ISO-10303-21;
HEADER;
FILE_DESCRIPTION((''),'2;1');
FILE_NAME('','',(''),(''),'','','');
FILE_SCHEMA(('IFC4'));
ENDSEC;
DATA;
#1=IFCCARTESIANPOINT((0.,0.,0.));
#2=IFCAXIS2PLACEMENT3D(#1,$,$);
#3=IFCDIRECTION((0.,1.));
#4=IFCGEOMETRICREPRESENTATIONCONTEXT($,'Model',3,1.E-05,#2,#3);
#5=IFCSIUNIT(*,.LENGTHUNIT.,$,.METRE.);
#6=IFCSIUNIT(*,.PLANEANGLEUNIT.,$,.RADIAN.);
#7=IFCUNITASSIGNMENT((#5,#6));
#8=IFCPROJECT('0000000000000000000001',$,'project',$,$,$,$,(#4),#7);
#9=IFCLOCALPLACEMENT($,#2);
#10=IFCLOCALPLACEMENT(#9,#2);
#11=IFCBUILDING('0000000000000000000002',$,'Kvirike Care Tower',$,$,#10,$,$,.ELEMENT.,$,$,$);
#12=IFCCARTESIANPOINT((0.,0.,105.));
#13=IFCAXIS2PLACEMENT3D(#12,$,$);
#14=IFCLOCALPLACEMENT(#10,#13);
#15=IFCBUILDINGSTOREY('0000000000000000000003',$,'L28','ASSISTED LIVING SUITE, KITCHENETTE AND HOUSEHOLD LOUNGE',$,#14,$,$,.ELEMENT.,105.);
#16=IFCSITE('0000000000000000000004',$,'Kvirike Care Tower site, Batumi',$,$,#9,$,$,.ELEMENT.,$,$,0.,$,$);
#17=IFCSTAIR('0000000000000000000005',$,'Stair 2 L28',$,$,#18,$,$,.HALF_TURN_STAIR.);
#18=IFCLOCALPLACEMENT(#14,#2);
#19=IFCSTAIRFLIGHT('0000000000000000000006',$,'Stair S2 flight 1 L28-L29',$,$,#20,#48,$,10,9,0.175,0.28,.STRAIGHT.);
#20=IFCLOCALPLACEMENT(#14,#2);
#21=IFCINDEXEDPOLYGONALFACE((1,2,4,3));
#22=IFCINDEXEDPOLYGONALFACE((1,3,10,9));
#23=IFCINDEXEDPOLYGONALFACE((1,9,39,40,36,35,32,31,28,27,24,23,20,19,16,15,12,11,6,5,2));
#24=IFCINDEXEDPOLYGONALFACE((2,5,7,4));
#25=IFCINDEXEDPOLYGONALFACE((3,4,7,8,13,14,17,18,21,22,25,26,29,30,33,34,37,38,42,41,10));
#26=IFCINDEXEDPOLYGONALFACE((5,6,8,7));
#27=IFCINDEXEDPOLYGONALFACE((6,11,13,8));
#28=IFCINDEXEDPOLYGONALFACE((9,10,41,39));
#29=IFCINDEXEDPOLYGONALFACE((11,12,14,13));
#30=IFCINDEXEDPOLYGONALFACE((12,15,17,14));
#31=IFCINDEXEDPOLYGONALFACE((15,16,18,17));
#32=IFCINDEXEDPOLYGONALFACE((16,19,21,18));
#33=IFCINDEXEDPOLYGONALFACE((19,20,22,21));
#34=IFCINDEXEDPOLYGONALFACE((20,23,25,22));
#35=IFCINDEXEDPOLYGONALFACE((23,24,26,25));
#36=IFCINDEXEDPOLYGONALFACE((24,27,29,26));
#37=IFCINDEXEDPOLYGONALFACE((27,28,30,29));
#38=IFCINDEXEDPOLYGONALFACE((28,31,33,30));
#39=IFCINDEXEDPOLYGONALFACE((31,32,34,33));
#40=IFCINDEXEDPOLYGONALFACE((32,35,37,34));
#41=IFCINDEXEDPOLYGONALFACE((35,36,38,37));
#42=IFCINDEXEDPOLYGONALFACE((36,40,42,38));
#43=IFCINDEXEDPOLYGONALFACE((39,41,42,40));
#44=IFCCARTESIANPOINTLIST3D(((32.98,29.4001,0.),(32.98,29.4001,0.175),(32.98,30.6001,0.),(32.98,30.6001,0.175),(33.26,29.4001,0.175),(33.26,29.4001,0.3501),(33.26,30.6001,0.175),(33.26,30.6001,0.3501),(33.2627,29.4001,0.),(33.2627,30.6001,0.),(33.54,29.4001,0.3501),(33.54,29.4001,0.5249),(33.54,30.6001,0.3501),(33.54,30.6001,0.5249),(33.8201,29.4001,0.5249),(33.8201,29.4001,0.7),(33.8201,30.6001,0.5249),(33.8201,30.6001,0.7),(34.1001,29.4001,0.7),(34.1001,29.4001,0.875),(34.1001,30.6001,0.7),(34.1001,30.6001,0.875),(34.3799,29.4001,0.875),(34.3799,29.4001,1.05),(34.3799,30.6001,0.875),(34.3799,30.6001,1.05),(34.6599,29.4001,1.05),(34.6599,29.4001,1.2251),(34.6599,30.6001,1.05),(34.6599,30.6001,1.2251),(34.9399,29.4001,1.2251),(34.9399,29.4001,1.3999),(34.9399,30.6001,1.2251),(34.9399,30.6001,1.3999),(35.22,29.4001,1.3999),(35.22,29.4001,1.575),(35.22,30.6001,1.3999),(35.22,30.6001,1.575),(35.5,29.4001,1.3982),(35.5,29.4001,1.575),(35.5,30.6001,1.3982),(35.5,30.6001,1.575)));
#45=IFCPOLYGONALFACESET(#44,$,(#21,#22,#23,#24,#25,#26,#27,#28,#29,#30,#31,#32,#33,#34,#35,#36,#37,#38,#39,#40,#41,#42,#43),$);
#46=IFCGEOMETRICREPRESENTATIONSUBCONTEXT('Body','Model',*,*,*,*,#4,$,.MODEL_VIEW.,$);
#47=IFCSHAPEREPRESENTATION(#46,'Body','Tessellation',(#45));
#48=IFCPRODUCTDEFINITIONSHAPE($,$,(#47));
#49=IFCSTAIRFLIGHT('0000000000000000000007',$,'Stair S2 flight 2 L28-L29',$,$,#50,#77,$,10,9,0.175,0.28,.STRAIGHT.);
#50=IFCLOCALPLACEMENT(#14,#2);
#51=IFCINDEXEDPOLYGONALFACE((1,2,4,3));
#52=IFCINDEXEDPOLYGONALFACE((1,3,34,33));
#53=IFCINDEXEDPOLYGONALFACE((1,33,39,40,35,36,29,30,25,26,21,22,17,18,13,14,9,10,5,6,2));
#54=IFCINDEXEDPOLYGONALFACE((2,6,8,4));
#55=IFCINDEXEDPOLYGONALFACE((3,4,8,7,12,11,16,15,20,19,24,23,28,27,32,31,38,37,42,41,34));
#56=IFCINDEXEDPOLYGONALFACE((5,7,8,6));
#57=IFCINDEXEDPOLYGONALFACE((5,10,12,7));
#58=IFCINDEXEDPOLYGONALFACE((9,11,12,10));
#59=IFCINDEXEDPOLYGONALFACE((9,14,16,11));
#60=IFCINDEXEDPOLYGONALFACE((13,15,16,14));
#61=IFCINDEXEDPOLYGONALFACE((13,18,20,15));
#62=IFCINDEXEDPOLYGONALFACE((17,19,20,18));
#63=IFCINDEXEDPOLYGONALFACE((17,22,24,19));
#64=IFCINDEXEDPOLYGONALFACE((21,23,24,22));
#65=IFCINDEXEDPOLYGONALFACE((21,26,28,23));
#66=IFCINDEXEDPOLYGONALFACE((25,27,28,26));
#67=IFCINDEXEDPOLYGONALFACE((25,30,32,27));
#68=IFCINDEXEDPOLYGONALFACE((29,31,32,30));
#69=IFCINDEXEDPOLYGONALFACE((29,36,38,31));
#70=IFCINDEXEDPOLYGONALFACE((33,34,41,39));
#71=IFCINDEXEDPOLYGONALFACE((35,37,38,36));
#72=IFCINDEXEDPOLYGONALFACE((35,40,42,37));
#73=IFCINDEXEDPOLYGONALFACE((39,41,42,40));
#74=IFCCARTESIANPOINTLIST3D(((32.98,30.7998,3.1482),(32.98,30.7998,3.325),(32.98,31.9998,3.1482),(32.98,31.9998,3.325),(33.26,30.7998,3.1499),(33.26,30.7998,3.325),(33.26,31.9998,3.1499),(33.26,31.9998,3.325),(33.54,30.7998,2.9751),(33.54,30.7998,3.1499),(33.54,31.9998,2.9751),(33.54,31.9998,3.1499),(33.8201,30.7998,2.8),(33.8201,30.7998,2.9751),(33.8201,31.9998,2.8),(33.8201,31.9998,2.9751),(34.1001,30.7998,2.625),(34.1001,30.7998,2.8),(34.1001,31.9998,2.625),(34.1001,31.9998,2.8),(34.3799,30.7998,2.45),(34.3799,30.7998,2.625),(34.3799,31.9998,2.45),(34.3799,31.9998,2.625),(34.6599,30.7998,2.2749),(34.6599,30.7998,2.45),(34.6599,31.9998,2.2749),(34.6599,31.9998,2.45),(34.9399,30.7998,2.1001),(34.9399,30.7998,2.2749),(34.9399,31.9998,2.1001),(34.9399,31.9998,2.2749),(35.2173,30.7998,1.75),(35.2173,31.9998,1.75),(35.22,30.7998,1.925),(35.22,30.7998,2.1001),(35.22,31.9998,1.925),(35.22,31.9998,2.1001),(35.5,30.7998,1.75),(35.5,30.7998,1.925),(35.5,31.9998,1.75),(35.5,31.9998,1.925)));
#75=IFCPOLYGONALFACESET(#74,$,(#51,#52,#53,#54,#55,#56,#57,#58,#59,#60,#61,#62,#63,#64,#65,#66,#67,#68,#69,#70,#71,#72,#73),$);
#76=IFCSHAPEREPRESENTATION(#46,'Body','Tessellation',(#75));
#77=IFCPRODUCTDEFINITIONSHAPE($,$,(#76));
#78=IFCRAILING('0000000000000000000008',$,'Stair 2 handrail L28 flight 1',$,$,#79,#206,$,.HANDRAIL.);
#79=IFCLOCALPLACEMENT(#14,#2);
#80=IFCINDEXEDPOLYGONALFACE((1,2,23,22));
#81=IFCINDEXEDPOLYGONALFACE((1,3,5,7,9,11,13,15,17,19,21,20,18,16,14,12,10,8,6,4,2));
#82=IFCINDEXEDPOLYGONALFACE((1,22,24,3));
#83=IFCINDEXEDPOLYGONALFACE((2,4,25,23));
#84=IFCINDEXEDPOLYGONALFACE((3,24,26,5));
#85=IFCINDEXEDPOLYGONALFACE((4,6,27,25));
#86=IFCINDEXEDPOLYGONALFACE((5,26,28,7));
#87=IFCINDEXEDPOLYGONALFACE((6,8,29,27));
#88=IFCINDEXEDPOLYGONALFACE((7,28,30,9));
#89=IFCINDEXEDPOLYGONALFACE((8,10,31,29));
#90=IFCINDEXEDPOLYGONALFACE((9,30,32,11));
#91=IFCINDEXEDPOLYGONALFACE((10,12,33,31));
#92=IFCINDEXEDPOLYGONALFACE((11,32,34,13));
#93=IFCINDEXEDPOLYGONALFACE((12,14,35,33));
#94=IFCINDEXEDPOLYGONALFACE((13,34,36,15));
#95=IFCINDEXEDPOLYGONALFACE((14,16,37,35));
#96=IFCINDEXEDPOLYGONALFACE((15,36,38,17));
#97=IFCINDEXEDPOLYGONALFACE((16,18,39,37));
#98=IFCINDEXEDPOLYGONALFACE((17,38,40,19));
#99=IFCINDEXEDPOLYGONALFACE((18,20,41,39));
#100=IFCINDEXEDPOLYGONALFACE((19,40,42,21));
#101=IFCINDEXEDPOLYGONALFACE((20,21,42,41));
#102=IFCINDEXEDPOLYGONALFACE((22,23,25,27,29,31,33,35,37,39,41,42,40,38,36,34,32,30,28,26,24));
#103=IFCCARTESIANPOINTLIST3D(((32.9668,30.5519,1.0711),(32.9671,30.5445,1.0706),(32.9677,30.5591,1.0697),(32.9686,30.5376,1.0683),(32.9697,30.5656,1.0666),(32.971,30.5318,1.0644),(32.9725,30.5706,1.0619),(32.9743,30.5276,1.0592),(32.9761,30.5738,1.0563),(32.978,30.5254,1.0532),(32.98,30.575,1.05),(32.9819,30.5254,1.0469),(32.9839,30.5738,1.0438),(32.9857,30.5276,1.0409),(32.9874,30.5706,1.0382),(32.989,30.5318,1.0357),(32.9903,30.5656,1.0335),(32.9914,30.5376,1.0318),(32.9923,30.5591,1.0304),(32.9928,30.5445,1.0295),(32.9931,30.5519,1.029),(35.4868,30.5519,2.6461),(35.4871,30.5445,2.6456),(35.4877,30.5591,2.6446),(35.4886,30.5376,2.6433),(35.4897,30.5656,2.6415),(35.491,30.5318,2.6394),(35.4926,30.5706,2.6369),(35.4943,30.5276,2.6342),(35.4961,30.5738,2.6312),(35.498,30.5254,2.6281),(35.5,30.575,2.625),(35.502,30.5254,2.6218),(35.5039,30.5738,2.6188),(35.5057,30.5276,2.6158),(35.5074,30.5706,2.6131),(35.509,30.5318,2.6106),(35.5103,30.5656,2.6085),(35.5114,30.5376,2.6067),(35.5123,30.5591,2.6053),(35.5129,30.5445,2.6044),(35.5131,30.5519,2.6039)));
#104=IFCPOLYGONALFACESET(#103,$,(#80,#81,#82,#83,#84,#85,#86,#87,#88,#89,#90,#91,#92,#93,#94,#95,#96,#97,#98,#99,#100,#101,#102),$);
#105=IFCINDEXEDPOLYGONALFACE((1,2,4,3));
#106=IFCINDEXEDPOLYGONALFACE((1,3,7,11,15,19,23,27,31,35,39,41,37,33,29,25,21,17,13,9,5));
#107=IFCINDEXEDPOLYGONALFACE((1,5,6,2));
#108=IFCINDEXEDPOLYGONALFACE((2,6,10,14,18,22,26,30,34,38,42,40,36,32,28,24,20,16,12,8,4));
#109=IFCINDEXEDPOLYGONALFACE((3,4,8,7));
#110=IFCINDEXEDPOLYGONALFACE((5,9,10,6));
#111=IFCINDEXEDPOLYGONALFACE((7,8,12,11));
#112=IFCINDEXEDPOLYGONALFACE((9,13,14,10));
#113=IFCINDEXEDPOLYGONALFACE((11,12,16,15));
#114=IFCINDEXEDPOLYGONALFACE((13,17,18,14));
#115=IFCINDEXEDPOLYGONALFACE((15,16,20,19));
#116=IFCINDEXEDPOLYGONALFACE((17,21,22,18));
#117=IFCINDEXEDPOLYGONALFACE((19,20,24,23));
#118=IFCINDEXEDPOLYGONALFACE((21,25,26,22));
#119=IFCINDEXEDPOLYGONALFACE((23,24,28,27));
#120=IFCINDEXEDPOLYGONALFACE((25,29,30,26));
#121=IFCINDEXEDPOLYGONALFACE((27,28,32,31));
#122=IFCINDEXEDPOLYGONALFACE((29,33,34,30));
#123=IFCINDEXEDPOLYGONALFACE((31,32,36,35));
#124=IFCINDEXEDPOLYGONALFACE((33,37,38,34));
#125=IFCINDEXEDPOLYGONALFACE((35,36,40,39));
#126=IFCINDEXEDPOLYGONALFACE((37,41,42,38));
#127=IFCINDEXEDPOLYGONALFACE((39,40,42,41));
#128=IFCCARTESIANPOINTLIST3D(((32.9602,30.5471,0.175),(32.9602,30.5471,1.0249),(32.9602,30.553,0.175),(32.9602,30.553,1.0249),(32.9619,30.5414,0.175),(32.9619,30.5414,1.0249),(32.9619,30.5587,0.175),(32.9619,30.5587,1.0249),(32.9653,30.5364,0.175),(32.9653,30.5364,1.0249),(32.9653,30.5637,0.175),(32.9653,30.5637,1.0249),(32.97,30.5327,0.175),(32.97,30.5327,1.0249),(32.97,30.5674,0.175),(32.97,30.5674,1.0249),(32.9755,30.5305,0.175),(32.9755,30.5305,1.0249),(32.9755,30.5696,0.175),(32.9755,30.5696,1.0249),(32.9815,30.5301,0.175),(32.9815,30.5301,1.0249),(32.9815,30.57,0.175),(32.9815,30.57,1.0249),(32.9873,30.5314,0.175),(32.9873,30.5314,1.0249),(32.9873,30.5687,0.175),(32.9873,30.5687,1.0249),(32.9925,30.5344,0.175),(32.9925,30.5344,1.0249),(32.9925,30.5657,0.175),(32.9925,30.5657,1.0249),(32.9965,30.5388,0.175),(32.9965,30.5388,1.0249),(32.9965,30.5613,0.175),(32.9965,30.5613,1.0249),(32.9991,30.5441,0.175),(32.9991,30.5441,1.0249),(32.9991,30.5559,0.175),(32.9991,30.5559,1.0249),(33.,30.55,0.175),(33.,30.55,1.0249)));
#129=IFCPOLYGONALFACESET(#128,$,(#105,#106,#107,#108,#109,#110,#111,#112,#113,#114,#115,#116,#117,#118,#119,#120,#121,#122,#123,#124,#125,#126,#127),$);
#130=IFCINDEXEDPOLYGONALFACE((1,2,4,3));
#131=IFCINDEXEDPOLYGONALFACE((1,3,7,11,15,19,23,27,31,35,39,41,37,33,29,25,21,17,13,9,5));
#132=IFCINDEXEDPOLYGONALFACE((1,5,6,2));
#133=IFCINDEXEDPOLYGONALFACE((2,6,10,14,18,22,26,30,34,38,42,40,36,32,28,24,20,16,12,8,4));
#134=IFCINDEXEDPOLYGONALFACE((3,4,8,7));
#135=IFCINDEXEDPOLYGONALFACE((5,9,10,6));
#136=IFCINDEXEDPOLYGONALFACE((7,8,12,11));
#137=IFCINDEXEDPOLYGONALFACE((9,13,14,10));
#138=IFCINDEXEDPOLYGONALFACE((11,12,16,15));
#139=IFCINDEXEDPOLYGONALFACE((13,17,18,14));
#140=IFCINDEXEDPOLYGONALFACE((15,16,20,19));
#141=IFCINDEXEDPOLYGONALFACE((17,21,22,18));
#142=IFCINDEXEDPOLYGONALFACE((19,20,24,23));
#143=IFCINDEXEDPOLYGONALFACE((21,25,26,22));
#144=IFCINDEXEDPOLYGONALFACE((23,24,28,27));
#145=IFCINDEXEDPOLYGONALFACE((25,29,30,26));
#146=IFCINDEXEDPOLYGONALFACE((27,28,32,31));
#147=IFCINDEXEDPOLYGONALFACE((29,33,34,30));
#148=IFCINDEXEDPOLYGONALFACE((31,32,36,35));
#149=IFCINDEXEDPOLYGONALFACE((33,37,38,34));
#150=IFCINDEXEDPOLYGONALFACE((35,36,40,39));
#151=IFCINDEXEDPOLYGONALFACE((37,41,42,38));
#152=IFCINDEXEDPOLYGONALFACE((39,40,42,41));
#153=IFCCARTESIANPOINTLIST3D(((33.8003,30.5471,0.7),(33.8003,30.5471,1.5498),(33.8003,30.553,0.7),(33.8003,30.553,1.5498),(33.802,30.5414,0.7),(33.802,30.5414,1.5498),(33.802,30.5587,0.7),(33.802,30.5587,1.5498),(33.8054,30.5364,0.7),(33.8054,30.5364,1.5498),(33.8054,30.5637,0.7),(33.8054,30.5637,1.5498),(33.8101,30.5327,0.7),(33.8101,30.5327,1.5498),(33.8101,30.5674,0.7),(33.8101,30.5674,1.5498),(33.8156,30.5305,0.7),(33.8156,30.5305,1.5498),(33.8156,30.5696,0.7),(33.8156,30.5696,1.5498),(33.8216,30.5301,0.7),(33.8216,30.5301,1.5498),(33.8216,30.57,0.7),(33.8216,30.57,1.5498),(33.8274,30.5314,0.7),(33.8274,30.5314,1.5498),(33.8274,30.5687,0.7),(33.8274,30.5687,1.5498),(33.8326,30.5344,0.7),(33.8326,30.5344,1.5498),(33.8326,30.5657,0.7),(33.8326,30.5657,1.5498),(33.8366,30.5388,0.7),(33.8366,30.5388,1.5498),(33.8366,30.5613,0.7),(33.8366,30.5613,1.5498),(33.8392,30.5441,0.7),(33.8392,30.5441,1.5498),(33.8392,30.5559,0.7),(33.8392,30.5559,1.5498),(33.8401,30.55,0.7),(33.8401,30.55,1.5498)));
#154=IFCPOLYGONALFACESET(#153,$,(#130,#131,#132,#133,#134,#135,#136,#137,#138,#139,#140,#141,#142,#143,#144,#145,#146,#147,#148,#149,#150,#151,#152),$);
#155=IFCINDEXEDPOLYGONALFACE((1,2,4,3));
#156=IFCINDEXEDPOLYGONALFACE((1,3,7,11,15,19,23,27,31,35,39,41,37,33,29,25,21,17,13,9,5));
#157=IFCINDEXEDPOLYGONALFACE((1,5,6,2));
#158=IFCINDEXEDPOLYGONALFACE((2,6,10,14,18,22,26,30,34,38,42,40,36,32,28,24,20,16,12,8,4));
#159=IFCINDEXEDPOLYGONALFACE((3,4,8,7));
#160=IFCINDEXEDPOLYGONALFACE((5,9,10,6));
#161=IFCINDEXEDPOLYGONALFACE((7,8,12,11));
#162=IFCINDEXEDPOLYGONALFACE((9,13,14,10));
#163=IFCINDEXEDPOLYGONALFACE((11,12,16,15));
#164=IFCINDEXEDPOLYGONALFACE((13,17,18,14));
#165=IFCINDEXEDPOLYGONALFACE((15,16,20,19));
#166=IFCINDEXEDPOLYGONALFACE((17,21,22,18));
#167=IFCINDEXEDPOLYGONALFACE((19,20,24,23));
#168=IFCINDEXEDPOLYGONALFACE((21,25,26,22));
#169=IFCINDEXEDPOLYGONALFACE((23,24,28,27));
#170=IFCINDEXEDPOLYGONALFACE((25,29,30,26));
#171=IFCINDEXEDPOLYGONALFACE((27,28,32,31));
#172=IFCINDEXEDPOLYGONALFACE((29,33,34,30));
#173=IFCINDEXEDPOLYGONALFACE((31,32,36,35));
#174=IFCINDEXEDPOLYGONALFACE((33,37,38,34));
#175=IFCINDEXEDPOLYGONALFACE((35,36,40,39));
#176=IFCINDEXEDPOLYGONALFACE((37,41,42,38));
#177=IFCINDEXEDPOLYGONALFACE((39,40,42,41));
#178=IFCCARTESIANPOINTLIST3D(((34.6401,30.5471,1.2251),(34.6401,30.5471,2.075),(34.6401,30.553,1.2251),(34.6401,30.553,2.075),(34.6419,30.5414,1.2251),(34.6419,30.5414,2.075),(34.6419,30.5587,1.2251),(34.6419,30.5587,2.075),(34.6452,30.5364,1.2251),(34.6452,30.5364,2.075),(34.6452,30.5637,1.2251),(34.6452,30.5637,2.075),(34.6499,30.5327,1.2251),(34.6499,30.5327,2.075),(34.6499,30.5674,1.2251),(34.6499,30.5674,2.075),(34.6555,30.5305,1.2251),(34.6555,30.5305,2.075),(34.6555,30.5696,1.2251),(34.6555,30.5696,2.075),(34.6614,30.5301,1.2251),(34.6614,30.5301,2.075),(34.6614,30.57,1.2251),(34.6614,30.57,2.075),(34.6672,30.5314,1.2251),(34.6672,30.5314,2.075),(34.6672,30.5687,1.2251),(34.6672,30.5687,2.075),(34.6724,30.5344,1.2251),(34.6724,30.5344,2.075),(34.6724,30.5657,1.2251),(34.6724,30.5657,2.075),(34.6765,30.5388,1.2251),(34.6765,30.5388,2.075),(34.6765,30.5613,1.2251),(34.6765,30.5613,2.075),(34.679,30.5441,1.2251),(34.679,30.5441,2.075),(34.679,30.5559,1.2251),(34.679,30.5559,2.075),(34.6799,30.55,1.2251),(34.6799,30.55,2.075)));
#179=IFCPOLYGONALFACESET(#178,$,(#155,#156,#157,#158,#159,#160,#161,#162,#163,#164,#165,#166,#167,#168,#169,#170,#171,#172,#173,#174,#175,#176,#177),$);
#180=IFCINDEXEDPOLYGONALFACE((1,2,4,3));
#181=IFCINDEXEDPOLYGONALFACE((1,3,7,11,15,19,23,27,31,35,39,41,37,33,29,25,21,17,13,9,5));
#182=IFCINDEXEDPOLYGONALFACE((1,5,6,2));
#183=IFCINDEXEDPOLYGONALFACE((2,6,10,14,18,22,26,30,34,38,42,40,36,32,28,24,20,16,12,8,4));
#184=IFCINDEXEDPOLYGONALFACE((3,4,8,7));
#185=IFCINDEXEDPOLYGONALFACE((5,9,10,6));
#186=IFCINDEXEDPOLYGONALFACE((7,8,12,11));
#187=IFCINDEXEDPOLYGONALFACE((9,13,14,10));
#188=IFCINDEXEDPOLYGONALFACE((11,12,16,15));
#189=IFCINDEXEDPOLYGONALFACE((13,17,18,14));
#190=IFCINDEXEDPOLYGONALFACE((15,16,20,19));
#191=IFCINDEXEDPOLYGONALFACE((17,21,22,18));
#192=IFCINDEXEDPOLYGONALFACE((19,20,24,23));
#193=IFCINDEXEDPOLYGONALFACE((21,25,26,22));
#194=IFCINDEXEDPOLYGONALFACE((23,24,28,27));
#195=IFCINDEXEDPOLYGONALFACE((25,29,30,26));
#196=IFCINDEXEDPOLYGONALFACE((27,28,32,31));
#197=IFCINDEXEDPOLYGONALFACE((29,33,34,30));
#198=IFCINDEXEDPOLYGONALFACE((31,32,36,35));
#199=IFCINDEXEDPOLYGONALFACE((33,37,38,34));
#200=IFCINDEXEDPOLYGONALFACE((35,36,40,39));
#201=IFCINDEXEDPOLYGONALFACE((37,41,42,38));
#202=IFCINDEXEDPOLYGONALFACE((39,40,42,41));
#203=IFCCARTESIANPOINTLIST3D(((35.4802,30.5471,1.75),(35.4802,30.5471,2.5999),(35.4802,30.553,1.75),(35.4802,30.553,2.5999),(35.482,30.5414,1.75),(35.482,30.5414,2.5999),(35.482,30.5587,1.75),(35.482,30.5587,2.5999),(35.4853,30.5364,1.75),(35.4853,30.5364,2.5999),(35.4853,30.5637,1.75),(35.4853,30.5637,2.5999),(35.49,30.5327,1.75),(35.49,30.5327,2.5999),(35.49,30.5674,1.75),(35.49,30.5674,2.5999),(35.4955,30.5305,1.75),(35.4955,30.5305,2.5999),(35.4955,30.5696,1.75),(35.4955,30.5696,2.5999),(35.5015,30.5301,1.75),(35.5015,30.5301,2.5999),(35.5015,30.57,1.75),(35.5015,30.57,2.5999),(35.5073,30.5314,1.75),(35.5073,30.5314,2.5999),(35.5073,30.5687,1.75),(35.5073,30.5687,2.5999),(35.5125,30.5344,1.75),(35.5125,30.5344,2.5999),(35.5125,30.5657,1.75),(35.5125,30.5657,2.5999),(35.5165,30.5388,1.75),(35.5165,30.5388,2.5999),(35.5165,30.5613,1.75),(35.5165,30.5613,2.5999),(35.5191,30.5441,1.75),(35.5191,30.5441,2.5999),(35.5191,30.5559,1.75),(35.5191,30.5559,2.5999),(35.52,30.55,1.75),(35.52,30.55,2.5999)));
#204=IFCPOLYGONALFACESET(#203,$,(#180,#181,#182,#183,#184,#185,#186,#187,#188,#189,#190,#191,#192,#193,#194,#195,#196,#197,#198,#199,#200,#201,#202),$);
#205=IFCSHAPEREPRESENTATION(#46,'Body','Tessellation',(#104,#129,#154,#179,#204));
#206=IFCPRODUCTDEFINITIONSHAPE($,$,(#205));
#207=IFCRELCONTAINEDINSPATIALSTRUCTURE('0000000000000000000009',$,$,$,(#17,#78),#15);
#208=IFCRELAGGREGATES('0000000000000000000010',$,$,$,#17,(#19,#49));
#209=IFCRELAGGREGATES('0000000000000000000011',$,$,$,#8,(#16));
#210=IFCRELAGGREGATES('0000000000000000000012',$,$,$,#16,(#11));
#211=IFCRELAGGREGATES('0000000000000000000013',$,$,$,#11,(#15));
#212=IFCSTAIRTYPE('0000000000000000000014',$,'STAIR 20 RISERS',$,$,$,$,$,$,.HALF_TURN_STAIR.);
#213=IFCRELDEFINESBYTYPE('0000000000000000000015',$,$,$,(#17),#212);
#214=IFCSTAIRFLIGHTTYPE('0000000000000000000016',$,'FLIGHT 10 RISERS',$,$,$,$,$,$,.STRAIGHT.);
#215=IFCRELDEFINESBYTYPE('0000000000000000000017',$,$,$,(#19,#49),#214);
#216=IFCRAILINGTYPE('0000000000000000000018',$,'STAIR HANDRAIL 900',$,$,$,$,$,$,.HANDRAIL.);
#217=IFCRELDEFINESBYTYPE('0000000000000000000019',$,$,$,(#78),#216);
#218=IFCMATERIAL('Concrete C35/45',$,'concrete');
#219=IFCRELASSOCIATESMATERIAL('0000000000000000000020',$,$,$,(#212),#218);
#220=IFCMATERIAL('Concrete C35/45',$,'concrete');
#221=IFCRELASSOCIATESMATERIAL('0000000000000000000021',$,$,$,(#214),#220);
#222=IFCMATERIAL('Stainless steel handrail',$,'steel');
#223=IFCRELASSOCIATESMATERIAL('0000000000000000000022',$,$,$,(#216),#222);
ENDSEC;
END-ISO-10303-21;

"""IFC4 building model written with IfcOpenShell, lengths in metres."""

from ifc_helpers import new_model, si_unit, direction, frame, origin, origin_2d, place, context, subcontext, project, spatial, polyline, circle, outline, extrude, material, type_object, element, aggregate, save


model = new_model("IFC4")

# Units and contexts
model_context = context("Model", 3, precision=1e-05, world=origin(), true_north=direction((0.0, 1.0)))
body_context = subcontext(model_context, "Body", "Model", "MODEL_VIEW")
ifc_project = project(units=[si_unit("LENGTHUNIT", "METRE"), si_unit("PLANEANGLEUNIT", "RADIAN")], contexts=[model_context])

# Site, building, storey
site_placement = place(None, origin())
site = spatial("IfcSite", under=ifc_project, at=site_placement, Name="Kvirike Care Tower site, Batumi", CompositionType="ELEMENT", RefElevation=0.0)
building_placement = place(site_placement, origin())
building = spatial("IfcBuilding", under=site, at=building_placement, Name="Kvirike Care Tower", CompositionType="ELEMENT")
storey_placement = place(building_placement, frame((0.0, 0.0, 105.0)))
storey = spatial("IfcBuildingStorey", under=building, at=storey_placement, Name="L28", Description="ASSISTED LIVING SUITE, KITCHENETTE AND HOUSEHOLD LOUNGE", CompositionType="ELEMENT", Elevation=105.0)

# Stair, stair flights
ifc_material_1 = material(Name="Concrete C35/45", Category="concrete")
stair_type = type_object("IfcStairType", Name="STAIR 20 RISERS", PredefinedType="HALF_TURN_STAIR", material=ifc_material_1)
stair_placement = place(storey_placement, origin())
stair = element("IfcStair", 1, at=stair_placement, inside=storey, type_object=stair_type, Name="Stair 2 L28", PredefinedType="HALF_TURN_STAIR")
ifc_material_2 = material(Name="Concrete C35/45", Category="concrete")
stair_flight_type = type_object("IfcStairFlightType", Name="FLIGHT 10 RISERS", PredefinedType="STRAIGHT", material=ifc_material_2)
stair_flight_1_placement = place(storey_placement, frame((32.98, 30.0, 0.0), z_axis=(0.0, 0.0, 1.0), x_axis=(1.0, 0.0, 0.0)))
stair_flight_1 = element("IfcStairFlight", 2, at=stair_flight_1_placement, type_object=stair_flight_type, Name="Stair S2 flight 1 L28-L29", NumberOfRisers=10, NumberOfTreads=9, PredefinedType="STRAIGHT", RiserHeight=0.175, TreadLength=0.28, context=body_context, shape_type="SweptSolid", body=[
    extrude(outline(polyline([(0.0, 0.0), (0.0, 0.175), (0.28, 0.175), (0.28, 0.3501), (0.5601, 0.3501), (0.5601, 0.5249), (0.8401, 0.5249), (0.8401, 0.7), (1.1201, 0.7), (1.1201, 0.875), (1.3999, 0.875), (1.3999, 1.05), (1.6799, 1.05), (1.6799, 1.2251), (1.96, 1.2251), (1.96, 1.3999), (2.24, 1.3999), (2.24, 1.575), (2.52, 1.575), (2.52, 1.75), (2.52, 1.3982), (0.2827, 0.0), (0.0, 0.0)])), frame((0.0, 0.6001, 0.0), z_axis=(0.0, -1.0, 0.0), x_axis=(1.0, 0.0, 0.0)), (0.0, 0.0, 1.0), 1.2),
])
stair_flight_2_placement = place(storey_placement, frame((35.5, 31.3999, 1.75), z_axis=(0.0, 0.0, 1.0), x_axis=(-1.0, 0.0, 0.0)))
stair_flight_2 = element("IfcStairFlight", 3, at=stair_flight_2_placement, type_object=stair_flight_type, Name="Stair S2 flight 2 L28-L29", NumberOfRisers=10, NumberOfTreads=9, PredefinedType="STRAIGHT", RiserHeight=0.175, TreadLength=0.28, context=body_context, shape_type="SweptSolid", body=[
    extrude(outline(polyline([(0.0, 0.0), (0.0, 0.175), (0.28, 0.175), (0.28, 0.3501), (0.5601, 0.3501), (0.5601, 0.5249), (0.8401, 0.5249), (0.8401, 0.7), (1.1201, 0.7), (1.1201, 0.875), (1.3999, 0.875), (1.3999, 1.05), (1.6799, 1.05), (1.6799, 1.2251), (1.96, 1.2251), (1.96, 1.3999), (2.24, 1.3999), (2.24, 1.575), (2.52, 1.575), (2.52, 1.75), (2.52, 1.3982), (0.2827, 0.0), (0.0, 0.0)])), frame((0.0, 0.6001, 0.0), z_axis=(0.0, -1.0, 0.0), x_axis=(1.0, 0.0, 0.0)), (0.0, 0.0, 1.0), 1.2),
])
aggregate(stair, [stair_flight_1, stair_flight_2])

# Railing
ifc_material_3 = material(Name="Stainless steel handrail", Category="steel")
railing_type = type_object("IfcRailingType", Name="STAIR HANDRAIL 900", PredefinedType="HANDRAIL", material=ifc_material_3)
railing_1_placement = place(storey_placement, frame((32.98, 30.55, 0.175)))
element("IfcRailing", 4, at=railing_1_placement, inside=storey, type_object=railing_type, Name="Stair 2 handrail L28 flight 1", PredefinedType="HANDRAIL", context=body_context, shape_type="SweptSolid", body=[
    extrude(circle(Radius=0.0249, at=origin_2d()), frame((0.0, 0.0, 0.875), z_axis=(0.848008, 0.0, 0.529984), x_axis=(0.0, 1.0, 0.0)), (0.0, 0.0, 1.0), 2.9717),
    extrude(circle(Radius=0.02, at=origin_2d()), origin(), (0.0, 0.0, 1.0), 0.8499),
    extrude(circle(Radius=0.02, at=origin_2d()), frame((0.8401, 0.0, 0.5249)), (0.0, 0.0, 1.0), 0.8499),
    extrude(circle(Radius=0.02, at=origin_2d()), frame((1.6799, 0.0, 1.05)), (0.0, 0.0, 1.0), 0.8499),
    extrude(circle(Radius=0.02, at=origin_2d()), frame((2.52, 0.0, 1.575)), (0.0, 0.0, 1.0), 0.8499),
])

save(model, "model.ifc")
